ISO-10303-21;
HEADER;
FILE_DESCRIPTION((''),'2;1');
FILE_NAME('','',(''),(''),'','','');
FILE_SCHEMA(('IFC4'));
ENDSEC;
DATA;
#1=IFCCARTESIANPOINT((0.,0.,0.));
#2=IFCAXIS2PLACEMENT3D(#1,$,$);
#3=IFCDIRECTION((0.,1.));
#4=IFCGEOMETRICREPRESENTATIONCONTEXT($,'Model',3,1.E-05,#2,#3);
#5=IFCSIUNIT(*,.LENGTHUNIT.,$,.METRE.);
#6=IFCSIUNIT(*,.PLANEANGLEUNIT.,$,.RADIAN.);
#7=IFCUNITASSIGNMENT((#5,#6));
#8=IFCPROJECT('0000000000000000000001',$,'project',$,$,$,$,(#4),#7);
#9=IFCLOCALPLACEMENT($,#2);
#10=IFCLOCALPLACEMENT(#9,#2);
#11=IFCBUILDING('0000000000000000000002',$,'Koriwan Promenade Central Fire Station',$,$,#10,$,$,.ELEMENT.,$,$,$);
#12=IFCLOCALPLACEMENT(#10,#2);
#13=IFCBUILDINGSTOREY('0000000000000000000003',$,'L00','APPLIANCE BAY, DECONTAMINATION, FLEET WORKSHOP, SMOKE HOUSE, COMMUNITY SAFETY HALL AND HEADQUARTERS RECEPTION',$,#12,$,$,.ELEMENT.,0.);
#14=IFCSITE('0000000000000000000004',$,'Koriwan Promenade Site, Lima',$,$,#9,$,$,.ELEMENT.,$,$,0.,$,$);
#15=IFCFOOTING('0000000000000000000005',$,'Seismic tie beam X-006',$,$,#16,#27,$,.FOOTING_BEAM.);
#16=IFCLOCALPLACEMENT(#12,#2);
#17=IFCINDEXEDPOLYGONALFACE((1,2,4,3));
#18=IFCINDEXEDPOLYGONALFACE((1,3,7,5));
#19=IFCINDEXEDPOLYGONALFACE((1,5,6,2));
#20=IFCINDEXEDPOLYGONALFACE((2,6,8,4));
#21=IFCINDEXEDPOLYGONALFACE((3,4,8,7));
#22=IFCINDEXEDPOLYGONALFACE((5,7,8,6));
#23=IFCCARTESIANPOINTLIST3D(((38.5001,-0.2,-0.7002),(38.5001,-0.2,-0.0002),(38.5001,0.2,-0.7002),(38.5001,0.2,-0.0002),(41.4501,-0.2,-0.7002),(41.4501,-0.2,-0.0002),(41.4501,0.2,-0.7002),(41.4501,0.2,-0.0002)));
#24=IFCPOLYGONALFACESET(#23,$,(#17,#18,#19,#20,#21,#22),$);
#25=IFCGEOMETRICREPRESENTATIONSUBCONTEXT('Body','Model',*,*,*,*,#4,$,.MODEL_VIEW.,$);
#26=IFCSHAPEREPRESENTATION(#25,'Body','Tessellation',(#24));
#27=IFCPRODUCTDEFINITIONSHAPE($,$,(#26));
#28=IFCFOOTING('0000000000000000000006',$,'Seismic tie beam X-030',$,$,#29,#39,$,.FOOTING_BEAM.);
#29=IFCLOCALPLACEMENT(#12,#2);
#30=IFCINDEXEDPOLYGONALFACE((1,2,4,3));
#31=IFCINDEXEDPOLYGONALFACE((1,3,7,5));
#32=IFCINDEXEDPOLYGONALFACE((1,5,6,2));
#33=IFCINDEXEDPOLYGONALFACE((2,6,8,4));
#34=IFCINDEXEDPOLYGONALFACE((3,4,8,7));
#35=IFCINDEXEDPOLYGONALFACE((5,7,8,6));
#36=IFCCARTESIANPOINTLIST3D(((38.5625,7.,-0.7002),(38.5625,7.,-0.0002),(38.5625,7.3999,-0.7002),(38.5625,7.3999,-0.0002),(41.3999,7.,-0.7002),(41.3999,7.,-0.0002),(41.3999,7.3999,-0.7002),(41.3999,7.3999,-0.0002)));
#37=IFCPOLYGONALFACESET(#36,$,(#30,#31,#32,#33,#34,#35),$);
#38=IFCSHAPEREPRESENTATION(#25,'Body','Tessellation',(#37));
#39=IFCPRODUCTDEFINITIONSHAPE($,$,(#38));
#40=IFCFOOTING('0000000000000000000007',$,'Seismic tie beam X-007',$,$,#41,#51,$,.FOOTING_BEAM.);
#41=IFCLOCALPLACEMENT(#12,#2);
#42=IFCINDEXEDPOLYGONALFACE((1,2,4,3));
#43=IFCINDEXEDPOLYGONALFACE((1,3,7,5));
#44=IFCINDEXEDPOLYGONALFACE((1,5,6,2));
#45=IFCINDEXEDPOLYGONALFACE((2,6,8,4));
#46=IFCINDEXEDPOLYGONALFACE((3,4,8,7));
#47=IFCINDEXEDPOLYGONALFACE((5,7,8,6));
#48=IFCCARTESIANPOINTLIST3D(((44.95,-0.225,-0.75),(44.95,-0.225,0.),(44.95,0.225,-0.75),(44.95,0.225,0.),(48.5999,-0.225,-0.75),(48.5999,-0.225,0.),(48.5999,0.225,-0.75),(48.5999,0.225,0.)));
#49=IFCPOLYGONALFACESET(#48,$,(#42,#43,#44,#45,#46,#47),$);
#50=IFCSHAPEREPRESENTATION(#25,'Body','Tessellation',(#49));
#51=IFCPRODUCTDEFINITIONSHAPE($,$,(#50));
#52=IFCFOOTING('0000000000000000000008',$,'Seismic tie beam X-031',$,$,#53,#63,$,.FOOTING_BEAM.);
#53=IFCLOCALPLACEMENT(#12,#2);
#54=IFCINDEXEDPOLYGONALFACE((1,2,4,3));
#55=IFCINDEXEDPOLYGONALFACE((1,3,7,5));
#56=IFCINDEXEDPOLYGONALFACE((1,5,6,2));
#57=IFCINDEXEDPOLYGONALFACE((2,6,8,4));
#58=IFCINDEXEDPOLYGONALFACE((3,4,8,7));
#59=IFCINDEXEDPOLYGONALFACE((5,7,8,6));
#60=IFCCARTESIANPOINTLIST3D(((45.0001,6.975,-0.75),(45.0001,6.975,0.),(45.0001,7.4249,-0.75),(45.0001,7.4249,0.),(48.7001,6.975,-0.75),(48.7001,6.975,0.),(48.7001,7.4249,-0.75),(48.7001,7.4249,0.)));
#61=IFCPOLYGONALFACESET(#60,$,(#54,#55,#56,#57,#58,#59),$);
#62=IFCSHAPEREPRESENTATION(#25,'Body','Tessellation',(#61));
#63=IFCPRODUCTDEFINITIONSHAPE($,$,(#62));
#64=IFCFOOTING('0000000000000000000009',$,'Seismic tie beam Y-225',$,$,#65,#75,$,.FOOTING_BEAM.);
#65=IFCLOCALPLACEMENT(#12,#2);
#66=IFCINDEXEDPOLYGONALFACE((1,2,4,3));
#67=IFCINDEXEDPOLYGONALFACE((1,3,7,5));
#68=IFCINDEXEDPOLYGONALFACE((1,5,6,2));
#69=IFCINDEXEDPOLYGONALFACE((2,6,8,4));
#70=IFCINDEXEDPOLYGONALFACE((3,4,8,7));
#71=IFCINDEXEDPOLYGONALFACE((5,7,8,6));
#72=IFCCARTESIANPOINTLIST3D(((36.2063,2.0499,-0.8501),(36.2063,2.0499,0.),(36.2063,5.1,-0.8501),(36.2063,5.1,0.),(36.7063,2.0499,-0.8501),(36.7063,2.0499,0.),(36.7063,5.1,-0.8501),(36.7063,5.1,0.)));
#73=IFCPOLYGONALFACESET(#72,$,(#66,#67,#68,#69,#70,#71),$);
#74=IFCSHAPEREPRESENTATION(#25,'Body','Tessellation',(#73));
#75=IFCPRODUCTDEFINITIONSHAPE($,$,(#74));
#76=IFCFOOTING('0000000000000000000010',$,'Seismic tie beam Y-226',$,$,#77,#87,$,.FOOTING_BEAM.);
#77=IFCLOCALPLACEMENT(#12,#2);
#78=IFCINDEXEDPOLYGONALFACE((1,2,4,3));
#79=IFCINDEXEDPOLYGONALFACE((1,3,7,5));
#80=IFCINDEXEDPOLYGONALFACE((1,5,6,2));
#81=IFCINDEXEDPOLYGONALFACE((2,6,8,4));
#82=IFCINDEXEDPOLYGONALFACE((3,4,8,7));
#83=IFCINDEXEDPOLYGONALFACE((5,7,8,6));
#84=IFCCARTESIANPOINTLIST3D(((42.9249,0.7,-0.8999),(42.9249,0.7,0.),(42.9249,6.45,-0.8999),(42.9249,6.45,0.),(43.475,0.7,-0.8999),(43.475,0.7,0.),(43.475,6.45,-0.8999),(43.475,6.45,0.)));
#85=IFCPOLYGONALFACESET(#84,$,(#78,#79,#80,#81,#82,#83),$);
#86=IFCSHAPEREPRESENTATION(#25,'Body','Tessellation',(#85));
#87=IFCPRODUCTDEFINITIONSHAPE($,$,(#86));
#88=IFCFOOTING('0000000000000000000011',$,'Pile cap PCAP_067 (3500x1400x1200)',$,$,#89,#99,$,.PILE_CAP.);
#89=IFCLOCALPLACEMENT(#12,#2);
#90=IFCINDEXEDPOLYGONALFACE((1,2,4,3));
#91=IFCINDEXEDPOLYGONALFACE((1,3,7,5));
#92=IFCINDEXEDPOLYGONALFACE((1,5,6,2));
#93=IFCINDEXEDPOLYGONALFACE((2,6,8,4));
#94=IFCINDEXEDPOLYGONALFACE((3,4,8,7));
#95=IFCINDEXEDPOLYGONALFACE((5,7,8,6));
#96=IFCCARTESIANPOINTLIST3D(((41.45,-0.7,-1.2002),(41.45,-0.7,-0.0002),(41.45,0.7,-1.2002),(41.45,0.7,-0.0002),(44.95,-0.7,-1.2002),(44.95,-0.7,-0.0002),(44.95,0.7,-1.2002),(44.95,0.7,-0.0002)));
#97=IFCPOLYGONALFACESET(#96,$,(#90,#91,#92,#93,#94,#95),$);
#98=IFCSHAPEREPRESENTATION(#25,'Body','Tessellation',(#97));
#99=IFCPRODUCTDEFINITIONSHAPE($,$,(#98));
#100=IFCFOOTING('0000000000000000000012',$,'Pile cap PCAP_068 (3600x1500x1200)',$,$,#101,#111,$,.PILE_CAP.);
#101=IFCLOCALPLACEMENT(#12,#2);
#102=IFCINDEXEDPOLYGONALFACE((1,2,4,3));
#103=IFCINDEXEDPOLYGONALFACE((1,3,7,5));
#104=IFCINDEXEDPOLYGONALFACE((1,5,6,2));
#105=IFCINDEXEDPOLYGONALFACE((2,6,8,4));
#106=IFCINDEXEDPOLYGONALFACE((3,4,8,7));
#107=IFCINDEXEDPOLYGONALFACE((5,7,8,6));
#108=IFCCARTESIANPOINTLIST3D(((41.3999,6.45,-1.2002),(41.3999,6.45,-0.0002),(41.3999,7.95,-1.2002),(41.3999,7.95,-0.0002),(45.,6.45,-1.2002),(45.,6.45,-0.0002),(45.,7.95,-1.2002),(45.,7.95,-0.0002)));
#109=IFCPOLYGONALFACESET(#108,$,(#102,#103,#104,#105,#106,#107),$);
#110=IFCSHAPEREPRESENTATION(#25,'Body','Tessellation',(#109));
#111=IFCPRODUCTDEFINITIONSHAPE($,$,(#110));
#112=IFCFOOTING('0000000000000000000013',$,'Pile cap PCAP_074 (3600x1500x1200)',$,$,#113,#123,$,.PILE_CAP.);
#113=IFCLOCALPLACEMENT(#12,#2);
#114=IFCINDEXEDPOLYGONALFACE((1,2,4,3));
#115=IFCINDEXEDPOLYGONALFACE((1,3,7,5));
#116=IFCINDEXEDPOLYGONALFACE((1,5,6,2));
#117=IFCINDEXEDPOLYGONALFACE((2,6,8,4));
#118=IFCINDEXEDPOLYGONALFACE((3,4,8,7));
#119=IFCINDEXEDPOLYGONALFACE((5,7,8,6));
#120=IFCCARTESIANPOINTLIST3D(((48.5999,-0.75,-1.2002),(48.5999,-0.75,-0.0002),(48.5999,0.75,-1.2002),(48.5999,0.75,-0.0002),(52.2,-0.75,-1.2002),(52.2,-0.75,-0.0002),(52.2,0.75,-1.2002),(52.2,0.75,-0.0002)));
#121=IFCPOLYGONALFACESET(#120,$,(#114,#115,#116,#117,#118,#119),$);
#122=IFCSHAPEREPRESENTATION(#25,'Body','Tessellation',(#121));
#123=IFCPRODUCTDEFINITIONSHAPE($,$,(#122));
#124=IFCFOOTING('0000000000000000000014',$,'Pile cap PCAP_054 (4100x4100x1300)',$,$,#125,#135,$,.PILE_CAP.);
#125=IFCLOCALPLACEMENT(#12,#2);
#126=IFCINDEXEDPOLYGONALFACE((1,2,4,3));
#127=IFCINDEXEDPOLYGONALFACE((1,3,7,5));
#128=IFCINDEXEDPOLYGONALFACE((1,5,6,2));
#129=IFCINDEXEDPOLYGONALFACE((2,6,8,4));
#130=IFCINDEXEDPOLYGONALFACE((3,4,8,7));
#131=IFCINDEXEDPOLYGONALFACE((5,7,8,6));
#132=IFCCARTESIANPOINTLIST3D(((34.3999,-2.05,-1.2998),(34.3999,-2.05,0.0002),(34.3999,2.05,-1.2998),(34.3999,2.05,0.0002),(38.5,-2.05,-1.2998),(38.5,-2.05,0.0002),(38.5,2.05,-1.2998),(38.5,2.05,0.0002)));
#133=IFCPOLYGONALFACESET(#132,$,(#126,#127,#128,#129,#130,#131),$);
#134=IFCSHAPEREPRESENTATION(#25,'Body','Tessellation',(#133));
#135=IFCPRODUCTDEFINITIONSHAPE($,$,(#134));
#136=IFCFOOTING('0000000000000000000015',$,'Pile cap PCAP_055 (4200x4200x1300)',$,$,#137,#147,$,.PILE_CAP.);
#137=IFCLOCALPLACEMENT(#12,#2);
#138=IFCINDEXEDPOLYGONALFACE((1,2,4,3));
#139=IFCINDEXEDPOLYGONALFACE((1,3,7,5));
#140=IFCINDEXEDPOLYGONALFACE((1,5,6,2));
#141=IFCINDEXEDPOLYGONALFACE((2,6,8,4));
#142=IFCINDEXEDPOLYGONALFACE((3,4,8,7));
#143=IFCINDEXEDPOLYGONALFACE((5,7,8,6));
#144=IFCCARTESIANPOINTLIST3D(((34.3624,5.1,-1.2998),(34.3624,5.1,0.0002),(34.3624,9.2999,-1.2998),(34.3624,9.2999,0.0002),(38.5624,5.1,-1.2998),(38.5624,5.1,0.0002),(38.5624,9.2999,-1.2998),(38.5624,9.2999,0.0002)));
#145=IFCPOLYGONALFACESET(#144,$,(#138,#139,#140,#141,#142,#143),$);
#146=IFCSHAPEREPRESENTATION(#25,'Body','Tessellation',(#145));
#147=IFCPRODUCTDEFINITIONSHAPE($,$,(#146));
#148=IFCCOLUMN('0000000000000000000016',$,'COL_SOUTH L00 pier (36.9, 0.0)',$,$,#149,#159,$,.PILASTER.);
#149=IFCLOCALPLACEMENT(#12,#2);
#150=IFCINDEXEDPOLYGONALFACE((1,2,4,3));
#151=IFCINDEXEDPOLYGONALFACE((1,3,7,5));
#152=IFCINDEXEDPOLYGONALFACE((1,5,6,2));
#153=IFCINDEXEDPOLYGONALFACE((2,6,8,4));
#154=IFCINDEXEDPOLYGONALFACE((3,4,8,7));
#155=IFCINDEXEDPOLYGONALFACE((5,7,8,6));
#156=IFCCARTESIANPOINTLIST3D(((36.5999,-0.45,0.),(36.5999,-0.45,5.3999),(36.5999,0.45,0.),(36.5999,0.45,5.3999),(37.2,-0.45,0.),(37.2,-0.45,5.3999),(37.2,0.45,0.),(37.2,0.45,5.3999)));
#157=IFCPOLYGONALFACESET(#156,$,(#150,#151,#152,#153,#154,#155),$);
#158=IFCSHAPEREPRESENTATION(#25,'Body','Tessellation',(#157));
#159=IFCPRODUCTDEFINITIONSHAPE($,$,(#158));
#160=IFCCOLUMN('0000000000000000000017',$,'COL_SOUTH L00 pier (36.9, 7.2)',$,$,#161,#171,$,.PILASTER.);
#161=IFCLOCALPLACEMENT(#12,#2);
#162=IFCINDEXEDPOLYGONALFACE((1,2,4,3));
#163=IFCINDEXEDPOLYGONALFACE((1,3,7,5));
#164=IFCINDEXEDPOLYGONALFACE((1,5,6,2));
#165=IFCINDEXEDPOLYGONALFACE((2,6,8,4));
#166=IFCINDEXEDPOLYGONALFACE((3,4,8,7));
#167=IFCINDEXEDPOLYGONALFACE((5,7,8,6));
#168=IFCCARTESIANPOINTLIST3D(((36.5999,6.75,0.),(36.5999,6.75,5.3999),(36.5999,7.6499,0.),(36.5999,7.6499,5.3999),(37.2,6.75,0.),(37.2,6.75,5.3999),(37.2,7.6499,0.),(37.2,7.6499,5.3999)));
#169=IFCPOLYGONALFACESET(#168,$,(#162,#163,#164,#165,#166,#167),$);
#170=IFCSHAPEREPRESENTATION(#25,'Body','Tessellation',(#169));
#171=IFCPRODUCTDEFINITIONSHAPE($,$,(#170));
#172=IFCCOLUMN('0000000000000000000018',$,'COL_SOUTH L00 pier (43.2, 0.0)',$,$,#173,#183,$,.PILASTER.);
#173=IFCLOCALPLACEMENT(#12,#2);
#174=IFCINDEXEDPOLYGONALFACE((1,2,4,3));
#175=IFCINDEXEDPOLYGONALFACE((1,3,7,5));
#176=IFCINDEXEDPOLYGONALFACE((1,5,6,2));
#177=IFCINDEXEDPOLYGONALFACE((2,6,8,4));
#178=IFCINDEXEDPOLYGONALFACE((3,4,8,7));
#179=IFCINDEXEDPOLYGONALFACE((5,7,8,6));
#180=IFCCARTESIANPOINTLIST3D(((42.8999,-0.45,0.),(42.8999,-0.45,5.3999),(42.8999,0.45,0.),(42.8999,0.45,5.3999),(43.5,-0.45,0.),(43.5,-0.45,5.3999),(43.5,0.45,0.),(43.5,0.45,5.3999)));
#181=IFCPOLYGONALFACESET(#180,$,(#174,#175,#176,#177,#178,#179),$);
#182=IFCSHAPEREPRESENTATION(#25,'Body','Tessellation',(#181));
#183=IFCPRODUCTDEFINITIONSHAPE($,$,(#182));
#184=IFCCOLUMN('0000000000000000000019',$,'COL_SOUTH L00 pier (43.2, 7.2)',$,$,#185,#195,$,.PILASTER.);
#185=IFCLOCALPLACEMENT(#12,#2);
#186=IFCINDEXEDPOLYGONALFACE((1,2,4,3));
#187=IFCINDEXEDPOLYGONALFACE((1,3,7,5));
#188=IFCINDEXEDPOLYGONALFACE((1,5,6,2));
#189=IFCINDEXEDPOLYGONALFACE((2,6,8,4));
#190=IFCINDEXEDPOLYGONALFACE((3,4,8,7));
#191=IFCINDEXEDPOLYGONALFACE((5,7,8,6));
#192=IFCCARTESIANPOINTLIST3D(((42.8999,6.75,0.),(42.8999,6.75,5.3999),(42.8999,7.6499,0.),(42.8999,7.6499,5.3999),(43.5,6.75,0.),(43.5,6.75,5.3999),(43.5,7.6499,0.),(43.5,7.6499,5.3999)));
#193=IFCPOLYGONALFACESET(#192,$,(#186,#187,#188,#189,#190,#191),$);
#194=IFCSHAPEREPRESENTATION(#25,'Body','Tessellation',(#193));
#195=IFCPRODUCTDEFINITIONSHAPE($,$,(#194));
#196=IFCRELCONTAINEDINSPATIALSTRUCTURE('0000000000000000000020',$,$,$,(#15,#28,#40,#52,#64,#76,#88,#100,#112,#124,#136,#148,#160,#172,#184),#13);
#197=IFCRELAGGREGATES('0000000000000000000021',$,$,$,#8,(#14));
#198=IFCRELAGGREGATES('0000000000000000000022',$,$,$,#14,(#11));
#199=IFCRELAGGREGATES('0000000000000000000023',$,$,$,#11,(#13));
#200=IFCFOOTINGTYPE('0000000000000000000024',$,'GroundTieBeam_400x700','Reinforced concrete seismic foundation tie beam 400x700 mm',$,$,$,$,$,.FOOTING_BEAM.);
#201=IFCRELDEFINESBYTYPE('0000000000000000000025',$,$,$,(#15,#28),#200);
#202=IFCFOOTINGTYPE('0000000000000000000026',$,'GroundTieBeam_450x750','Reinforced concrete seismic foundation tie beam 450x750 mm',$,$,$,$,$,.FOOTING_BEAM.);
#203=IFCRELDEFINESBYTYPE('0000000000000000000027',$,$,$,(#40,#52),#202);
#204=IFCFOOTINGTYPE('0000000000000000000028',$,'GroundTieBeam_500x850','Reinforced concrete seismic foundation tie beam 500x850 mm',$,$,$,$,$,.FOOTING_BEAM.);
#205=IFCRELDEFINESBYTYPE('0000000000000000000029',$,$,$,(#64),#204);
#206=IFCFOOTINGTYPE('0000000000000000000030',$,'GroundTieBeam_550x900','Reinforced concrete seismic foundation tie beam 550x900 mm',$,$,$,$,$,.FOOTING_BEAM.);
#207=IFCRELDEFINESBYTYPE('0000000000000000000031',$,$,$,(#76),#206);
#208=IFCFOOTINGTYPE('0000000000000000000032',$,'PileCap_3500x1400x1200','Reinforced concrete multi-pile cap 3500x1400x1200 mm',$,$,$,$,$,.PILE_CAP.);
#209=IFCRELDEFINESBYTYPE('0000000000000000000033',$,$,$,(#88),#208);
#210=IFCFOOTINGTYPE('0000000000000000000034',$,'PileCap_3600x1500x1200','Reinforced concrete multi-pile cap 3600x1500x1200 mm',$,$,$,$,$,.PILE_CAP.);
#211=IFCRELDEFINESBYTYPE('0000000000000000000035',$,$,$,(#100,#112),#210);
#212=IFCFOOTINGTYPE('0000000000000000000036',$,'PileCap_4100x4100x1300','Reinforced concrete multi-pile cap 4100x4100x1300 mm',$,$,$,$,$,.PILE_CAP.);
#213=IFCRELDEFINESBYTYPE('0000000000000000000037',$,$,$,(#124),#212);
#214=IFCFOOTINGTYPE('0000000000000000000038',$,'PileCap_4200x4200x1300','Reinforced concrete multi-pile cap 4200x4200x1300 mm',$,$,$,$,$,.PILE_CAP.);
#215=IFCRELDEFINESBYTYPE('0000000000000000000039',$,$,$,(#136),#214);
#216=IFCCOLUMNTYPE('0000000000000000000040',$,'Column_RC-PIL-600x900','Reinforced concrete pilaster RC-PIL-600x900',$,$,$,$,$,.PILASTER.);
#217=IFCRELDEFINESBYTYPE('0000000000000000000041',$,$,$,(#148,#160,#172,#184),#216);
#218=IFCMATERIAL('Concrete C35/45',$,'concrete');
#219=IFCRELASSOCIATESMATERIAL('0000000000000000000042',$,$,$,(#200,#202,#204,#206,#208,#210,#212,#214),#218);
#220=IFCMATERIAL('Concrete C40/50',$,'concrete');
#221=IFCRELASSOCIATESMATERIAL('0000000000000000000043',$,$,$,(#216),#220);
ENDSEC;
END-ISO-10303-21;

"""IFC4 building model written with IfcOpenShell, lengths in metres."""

from ifc_helpers import new_model, si_unit, direction, frame, origin, origin_2d, place, context, subcontext, project, spatial, rectangle, extrude, material, material_profile, profile_set, type_object, element, save


model = new_model("IFC4")

# Units and contexts
model_context = context("Model", 3, precision=1e-05, world=origin(), true_north=direction((0.0, 1.0)))
body_context = subcontext(model_context, "Body", "Model", "MODEL_VIEW")
ifc_project = project(units=[si_unit("LENGTHUNIT", "METRE"), si_unit("PLANEANGLEUNIT", "RADIAN")], contexts=[model_context])

# Site, building, storey
site_placement = place(None, origin())
site = spatial("IfcSite", under=ifc_project, at=site_placement, Name="Koriwan Promenade Site, Lima", CompositionType="ELEMENT", RefElevation=0.0)
building_placement = place(site_placement, origin())
building = spatial("IfcBuilding", under=site, at=building_placement, Name="Koriwan Promenade Central Fire Station", CompositionType="ELEMENT")
storey_placement = place(building_placement, origin())
storey = spatial("IfcBuildingStorey", under=building, at=storey_placement, Name="L00", Description="APPLIANCE BAY, DECONTAMINATION, FLEET WORKSHOP, SMOKE HOUSE, COMMUNITY SAFETY HALL AND HEADQUARTERS RECEPTION", CompositionType="ELEMENT", Elevation=0.0)

# Shared definitions
ifc_material_1 = material(Name="Concrete C35/45", Category="concrete")

# Footings
footing_type_1 = type_object("IfcFootingType", Name="GroundTieBeam_400x700", Description="Reinforced concrete seismic foundation tie beam 400x700 mm", PredefinedType="FOOTING_BEAM", material=ifc_material_1)
footing_1_placement = place(storey_placement, frame((39.9751, 0.0, -0.7002), z_axis=(0.0, 0.0, 1.0), x_axis=(1.0, 0.0, 0.0)))
element("IfcFooting", 1, at=footing_1_placement, inside=storey, type_object=footing_type_1, Name="Seismic tie beam X-006", PredefinedType="FOOTING_BEAM", context=body_context, shape_type="SweptSolid", body=[
    extrude(rectangle(XDim=2.95, YDim=0.3999, at=origin_2d()), origin(), (0.0, 0.0, 1.0), 0.7),
])
footing_2_placement = place(storey_placement, frame((39.9812, 7.2, -0.7002), z_axis=(0.0, 0.0, 1.0), x_axis=(1.0, 0.0, 0.0)))
element("IfcFooting", 2, at=footing_2_placement, inside=storey, type_object=footing_type_1, Name="Seismic tie beam X-030", PredefinedType="FOOTING_BEAM", context=body_context, shape_type="SweptSolid", body=[
    extrude(rectangle(XDim=2.8374, YDim=0.3999, at=origin_2d()), origin(), (0.0, 0.0, 1.0), 0.7),
])
footing_type_2 = type_object("IfcFootingType", Name="GroundTieBeam_450x750", Description="Reinforced concrete seismic foundation tie beam 450x750 mm", PredefinedType="FOOTING_BEAM", material=ifc_material_1)
footing_3_placement = place(storey_placement, frame((46.7749, 0.0, -0.75), z_axis=(0.0, 0.0, 1.0), x_axis=(1.0, 0.0, 0.0)))
element("IfcFooting", 3, at=footing_3_placement, inside=storey, type_object=footing_type_2, Name="Seismic tie beam X-007", PredefinedType="FOOTING_BEAM", context=body_context, shape_type="SweptSolid", body=[
    extrude(rectangle(XDim=3.6499, YDim=0.45, at=origin_2d()), origin(), (0.0, 0.0, 1.0), 0.75),
])
footing_4_placement = place(storey_placement, frame((46.8501, 7.2, -0.75), z_axis=(0.0, 0.0, 1.0), x_axis=(1.0, 0.0, 0.0)))
element("IfcFooting", 4, at=footing_4_placement, inside=storey, type_object=footing_type_2, Name="Seismic tie beam X-031", PredefinedType="FOOTING_BEAM", context=body_context, shape_type="SweptSolid", body=[
    extrude(rectangle(XDim=3.7, YDim=0.45, at=origin_2d()), origin(), (0.0, 0.0, 1.0), 0.75),
])
footing_type_3 = type_object("IfcFootingType", Name="GroundTieBeam_500x850", Description="Reinforced concrete seismic foundation tie beam 500x850 mm", PredefinedType="FOOTING_BEAM", material=ifc_material_1)
footing_5_placement = place(storey_placement, frame((36.4563, 3.575, -0.8501), z_axis=(0.0, 0.0, 1.0), x_axis=(0.0, 1.0, 0.0)))
element("IfcFooting", 5, at=footing_5_placement, inside=storey, type_object=footing_type_3, Name="Seismic tie beam Y-225", PredefinedType="FOOTING_BEAM", context=body_context, shape_type="SweptSolid", body=[
    extrude(rectangle(XDim=3.05, YDim=0.5, at=origin_2d()), origin(), (0.0, 0.0, 1.0), 0.8501),
])
footing_type_4 = type_object("IfcFootingType", Name="GroundTieBeam_550x900", Description="Reinforced concrete seismic foundation tie beam 550x900 mm", PredefinedType="FOOTING_BEAM", material=ifc_material_1)
footing_6_placement = place(storey_placement, frame((43.2, 3.575, -0.8999), z_axis=(0.0, 0.0, 1.0), x_axis=(0.0, 1.0, 0.0)))
element("IfcFooting", 6, at=footing_6_placement, inside=storey, type_object=footing_type_4, Name="Seismic tie beam Y-226", PredefinedType="FOOTING_BEAM", context=body_context, shape_type="SweptSolid", body=[
    extrude(rectangle(XDim=5.75, YDim=0.55, at=origin_2d()), origin(), (0.0, 0.0, 1.0), 0.8999),
])
footing_type_5 = type_object("IfcFootingType", Name="PileCap_3500x1400x1200", Description="Reinforced concrete multi-pile cap 3500x1400x1200 mm", PredefinedType="PILE_CAP", material=ifc_material_1)
footing_7_placement = place(storey_placement, frame((43.2, 0.0, -1.2002), z_axis=(0.0, 0.0, 1.0), x_axis=(1.0, 0.0, 0.0)))
element("IfcFooting", 7, at=footing_7_placement, inside=storey, type_object=footing_type_5, Name="Pile cap PCAP_067 (3500x1400x1200)", PredefinedType="PILE_CAP", context=body_context, shape_type="SweptSolid", body=[
    extrude(rectangle(XDim=3.5, YDim=1.3999, at=origin_2d()), origin(), (0.0, 0.0, 1.0), 1.2),
])
footing_type_6 = type_object("IfcFootingType", Name="PileCap_3600x1500x1200", Description="Reinforced concrete multi-pile cap 3600x1500x1200 mm", PredefinedType="PILE_CAP", material=ifc_material_1)
for number, where, z_axis, x_axis, name in (
    (8, (43.2, 7.2, -1.2002), (0.0, 0.0, 1.0), (1.0, 0.0, 0.0), "Pile cap PCAP_068 (3600x1500x1200)"),
    (9, (50.3999, 0.0, -1.2002), (0.0, 0.0, 1.0), (1.0, 0.0, 0.0), "Pile cap PCAP_074 (3600x1500x1200)"),
):
    element("IfcFooting", number, at=place(storey_placement, frame(where, z_axis=z_axis, x_axis=x_axis)), inside=storey, type_object=footing_type_6, Name=name, PredefinedType="PILE_CAP", context=body_context, shape_type="SweptSolid", body=[
        extrude(rectangle(XDim=3.6001, YDim=1.5, at=origin_2d()), origin(), (0.0, 0.0, 1.0), 1.2),
    ])
footing_type_7 = type_object("IfcFootingType", Name="PileCap_4100x4100x1300", Description="Reinforced concrete multi-pile cap 4100x4100x1300 mm", PredefinedType="PILE_CAP", material=ifc_material_1)
footing_8_placement = place(storey_placement, frame((36.45, 0.0, -1.2998), z_axis=(0.0, 0.0, 1.0), x_axis=(1.0, 0.0, 0.0)))
element("IfcFooting", 10, at=footing_8_placement, inside=storey, type_object=footing_type_7, Name="Pile cap PCAP_054 (4100x4100x1300)", PredefinedType="PILE_CAP", context=body_context, shape_type="SweptSolid", body=[
    extrude(rectangle(XDim=4.1001, YDim=4.1001, at=origin_2d()), origin(), (0.0, 0.0, 1.0), 1.3),
])
footing_type_8 = type_object("IfcFootingType", Name="PileCap_4200x4200x1300", Description="Reinforced concrete multi-pile cap 4200x4200x1300 mm", PredefinedType="PILE_CAP", material=ifc_material_1)
footing_9_placement = place(storey_placement, frame((36.4624, 7.2, -1.2998), z_axis=(0.0, 0.0, 1.0), x_axis=(1.0, 0.0, 0.0)))
element("IfcFooting", 11, at=footing_9_placement, inside=storey, type_object=footing_type_8, Name="Pile cap PCAP_055 (4200x4200x1300)", PredefinedType="PILE_CAP", context=body_context, shape_type="SweptSolid", body=[
    extrude(rectangle(XDim=4.2, YDim=4.2, at=origin_2d()), origin(), (0.0, 0.0, 1.0), 1.3),
])

# Columns
ifc_material_2 = material(Name="Concrete C40/50", Category="concrete")
ifc_material_profile_1 = material_profile(ifc_material_2, rectangle(XDim=0.6001, YDim=0.8999, at=origin_2d()), Name="RC-PIL-600x900")
ifc_profile_set_1 = profile_set([ifc_material_profile_1], Name="Concrete C40/50")
column_type = type_object("IfcColumnType", Name="Column_RC-PIL-600x900", Description="Reinforced concrete pilaster RC-PIL-600x900", PredefinedType="PILASTER", material=ifc_profile_set_1)
for number, where, z_axis, x_axis, name in (
    (12, (36.8999, 0.0, 0.0), (0.0, 0.0, 1.0), (1.0, 0.0, 0.0), "COL_SOUTH L00 pier (36.9, 0.0)"),
    (13, (36.8999, 7.2, 0.0), (0.0, 0.0, 1.0), (1.0, 0.0, 0.0), "COL_SOUTH L00 pier (36.9, 7.2)"),
    (14, (43.2, 0.0, 0.0), (0.0, 0.0, 1.0), (1.0, 0.0, 0.0), "COL_SOUTH L00 pier (43.2, 0.0)"),
    (15, (43.2, 7.2, 0.0), (0.0, 0.0, 1.0), (1.0, 0.0, 0.0), "COL_SOUTH L00 pier (43.2, 7.2)"),
):
    element("IfcColumn", number, at=place(storey_placement, frame(where, z_axis=z_axis, x_axis=x_axis)), inside=storey, type_object=column_type, Name=name, PredefinedType="PILASTER", context=body_context, shape_type="SweptSolid", body=[
        extrude(rectangle(XDim=0.6001, YDim=0.8999, at=origin_2d()), origin(), (0.0, 0.0, 1.0), 5.3999),
    ])

save(model, "model.ifc")
